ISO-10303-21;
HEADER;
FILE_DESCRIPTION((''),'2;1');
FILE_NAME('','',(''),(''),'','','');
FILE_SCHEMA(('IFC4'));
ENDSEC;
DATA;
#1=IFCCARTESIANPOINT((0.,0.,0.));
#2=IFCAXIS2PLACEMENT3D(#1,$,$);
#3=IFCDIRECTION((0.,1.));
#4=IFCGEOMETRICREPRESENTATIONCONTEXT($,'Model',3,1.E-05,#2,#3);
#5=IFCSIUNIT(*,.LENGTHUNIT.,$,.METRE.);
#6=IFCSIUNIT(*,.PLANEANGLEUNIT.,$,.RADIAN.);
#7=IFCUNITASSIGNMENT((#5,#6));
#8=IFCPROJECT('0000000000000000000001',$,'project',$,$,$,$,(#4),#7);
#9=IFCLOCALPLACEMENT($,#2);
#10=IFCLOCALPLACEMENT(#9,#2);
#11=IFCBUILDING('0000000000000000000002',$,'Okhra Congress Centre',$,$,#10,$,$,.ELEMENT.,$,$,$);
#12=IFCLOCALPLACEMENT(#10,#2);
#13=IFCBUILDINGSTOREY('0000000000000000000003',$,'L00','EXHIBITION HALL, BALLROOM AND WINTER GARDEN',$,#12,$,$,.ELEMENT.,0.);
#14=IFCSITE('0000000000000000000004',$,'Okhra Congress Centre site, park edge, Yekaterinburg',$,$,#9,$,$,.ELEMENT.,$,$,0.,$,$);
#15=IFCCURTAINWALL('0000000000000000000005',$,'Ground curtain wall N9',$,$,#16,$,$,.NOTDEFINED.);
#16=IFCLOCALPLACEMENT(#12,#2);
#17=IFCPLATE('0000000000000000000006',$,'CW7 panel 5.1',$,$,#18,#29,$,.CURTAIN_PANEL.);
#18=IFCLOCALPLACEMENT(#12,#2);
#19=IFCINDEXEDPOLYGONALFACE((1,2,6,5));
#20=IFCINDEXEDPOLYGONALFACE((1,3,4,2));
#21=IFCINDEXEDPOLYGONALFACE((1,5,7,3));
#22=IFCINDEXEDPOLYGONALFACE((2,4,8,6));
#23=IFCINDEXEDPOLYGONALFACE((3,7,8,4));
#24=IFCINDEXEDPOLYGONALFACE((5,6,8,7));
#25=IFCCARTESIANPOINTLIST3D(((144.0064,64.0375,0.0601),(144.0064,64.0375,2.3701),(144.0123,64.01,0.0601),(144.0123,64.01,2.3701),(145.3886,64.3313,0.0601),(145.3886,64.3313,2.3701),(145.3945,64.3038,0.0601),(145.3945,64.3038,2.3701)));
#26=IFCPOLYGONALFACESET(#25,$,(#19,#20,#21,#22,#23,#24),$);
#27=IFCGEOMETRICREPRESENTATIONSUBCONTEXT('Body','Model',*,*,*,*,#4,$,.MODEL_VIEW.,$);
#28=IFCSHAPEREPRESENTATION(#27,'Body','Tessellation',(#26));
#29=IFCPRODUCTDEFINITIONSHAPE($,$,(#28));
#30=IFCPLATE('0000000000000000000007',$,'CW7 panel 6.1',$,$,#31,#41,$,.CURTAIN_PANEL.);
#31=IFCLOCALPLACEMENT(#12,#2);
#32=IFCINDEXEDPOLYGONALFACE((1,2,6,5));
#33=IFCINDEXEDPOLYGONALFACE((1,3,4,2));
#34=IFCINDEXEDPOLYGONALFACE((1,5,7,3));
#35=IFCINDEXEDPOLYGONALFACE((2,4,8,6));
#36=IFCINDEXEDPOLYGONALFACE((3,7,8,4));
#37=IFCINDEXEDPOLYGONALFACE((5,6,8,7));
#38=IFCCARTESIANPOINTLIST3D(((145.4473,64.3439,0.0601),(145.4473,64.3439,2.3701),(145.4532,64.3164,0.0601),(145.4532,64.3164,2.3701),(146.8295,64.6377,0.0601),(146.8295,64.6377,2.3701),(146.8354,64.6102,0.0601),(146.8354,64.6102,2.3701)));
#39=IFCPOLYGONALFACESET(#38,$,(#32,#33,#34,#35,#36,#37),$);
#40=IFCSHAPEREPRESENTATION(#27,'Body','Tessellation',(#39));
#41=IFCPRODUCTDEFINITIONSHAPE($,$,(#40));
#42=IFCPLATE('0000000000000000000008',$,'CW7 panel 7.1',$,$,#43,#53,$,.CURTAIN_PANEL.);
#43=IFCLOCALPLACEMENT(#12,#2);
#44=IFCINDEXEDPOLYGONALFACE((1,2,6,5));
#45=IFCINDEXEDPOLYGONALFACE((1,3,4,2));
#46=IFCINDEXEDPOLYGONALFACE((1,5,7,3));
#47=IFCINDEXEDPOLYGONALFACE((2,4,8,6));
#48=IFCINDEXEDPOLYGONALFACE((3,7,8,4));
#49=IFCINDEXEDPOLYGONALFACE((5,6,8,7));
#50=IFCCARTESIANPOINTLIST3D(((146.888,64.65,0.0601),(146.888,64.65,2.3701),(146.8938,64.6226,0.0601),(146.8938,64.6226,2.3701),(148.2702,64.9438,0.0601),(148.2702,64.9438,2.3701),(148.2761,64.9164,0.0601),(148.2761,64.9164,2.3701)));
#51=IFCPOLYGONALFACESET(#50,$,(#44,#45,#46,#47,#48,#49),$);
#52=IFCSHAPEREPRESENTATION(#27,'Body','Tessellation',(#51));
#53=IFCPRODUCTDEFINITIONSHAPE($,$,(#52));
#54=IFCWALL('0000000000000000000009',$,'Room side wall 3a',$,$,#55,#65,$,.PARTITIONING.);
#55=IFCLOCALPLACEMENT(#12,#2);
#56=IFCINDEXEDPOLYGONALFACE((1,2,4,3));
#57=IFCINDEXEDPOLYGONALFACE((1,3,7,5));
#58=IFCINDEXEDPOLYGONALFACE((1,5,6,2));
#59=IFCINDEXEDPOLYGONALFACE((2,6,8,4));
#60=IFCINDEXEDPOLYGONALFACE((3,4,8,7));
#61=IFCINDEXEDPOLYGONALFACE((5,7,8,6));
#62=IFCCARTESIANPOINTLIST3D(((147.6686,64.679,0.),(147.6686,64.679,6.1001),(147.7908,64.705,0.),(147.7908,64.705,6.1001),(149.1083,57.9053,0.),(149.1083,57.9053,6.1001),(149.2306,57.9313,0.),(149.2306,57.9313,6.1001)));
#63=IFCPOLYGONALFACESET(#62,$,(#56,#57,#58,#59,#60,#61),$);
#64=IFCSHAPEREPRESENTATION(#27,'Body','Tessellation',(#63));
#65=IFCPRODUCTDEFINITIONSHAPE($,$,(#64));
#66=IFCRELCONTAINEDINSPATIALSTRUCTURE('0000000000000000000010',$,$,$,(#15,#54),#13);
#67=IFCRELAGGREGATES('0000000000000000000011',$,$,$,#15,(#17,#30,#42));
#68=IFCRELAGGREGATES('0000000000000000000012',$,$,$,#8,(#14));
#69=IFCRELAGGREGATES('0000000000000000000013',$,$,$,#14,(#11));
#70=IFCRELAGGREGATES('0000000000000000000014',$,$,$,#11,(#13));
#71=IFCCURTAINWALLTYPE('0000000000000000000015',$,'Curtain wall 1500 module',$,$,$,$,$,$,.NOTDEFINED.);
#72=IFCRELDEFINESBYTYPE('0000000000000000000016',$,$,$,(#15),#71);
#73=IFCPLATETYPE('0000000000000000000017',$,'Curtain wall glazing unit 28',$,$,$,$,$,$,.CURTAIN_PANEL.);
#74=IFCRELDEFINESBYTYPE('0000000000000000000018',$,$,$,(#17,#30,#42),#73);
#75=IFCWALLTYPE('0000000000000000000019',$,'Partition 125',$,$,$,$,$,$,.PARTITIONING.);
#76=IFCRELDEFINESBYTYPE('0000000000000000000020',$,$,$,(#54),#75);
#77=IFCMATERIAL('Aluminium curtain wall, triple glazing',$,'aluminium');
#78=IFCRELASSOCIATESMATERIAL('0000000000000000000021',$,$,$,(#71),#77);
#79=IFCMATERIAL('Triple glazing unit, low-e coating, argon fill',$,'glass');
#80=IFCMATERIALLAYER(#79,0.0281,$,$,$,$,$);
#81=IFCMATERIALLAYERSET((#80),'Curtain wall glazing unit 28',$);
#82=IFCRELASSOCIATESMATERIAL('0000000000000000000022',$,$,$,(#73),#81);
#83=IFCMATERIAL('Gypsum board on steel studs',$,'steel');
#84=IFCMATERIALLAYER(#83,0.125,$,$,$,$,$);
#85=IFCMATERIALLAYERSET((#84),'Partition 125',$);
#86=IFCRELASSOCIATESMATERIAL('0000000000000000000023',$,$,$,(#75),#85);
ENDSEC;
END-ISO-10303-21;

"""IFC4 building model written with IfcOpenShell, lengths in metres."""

from ifc_helpers import new_model, si_unit, direction, frame, frame_2d, origin, origin_2d, place, context, subcontext, project, spatial, rectangle, extrude, material, layer, layer_set, type_object, element, aggregate, save


model = new_model("IFC4")

# Units and contexts
model_context = context("Model", 3, precision=1e-05, world=origin(), true_north=direction((0.0, 1.0)))
body_context = subcontext(model_context, "Body", "Model", "MODEL_VIEW")
ifc_project = project(units=[si_unit("LENGTHUNIT", "METRE"), si_unit("PLANEANGLEUNIT", "RADIAN")], contexts=[model_context])

# Site, building, storey
site_placement = place(None, origin())
site = spatial("IfcSite", under=ifc_project, at=site_placement, Name="Okhra Congress Centre site, park edge, Yekaterinburg", CompositionType="ELEMENT", RefElevation=0.0)
building_placement = place(site_placement, origin())
building = spatial("IfcBuilding", under=site, at=building_placement, Name="Okhra Congress Centre", CompositionType="ELEMENT")
storey_placement = place(building_placement, origin())
storey = spatial("IfcBuildingStorey", under=building, at=storey_placement, Name="L00", Description="EXHIBITION HALL, BALLROOM AND WINTER GARDEN", CompositionType="ELEMENT", Elevation=0.0)

# Curtain wall, plates
ifc_material_1 = material(Name="Aluminium curtain wall, triple glazing", Category="aluminium")
curtain_wall_type = type_object("IfcCurtainWallType", Name="Curtain wall 1500 module", PredefinedType="NOTDEFINED", material=ifc_material_1)
curtain_wall_placement = place(storey_placement, origin())
curtain_wall = element("IfcCurtainWall", 1, at=curtain_wall_placement, inside=storey, type_object=curtain_wall_type, Name="Ground curtain wall N9", PredefinedType="NOTDEFINED")
ifc_material_2 = material(Name="Triple glazing unit, low-e coating, argon fill", Category="glass")
ifc_layer_1 = layer(ifc_material_2, 0.0281)
ifc_layer_set_1 = layer_set([ifc_layer_1], Name="Curtain wall glazing unit 28")
plate_type = type_object("IfcPlateType", Name="Curtain wall glazing unit 28", PredefinedType="CURTAIN_PANEL", material=ifc_layer_set_1)
plate_1_placement = place(storey_placement, frame((144.7004, 64.1707, 0.0601), z_axis=(0.0, 0.0, 1.0), x_axis=(0.978148, 0.207912, 0.0)))
plate_1 = element("IfcPlate", 2, at=plate_1_placement, type_object=plate_type, Name="CW7 panel 5.1", PredefinedType="CURTAIN_PANEL", context=body_context, shape_type="SweptSolid", body=[
    extrude(rectangle(XDim=1.4131, YDim=0.0281, at=origin_2d()), origin(), (0.0, 0.0, 1.0), 2.3101),
])
plate_2_placement = place(storey_placement, frame((146.1414, 64.4771, 0.0601), z_axis=(0.0, 0.0, 1.0), x_axis=(0.978148, 0.207912, 0.0)))
plate_2 = element("IfcPlate", 3, at=plate_2_placement, type_object=plate_type, Name="CW7 panel 6.1", PredefinedType="CURTAIN_PANEL", context=body_context, shape_type="SweptSolid", body=[
    extrude(rectangle(XDim=1.4131, YDim=0.0281, at=origin_2d()), origin(), (0.0, 0.0, 1.0), 2.3101),
])
plate_3_placement = place(storey_placement, frame((147.582, 64.7832, 0.0601), z_axis=(0.0, 0.0, 1.0), x_axis=(0.978148, 0.207912, 0.0)))
plate_3 = element("IfcPlate", 4, at=plate_3_placement, type_object=plate_type, Name="CW7 panel 7.1", PredefinedType="CURTAIN_PANEL", context=body_context, shape_type="SweptSolid", body=[
    extrude(rectangle(XDim=1.4131, YDim=0.0281, at=origin_2d()), origin(), (0.0, 0.0, 1.0), 2.3101),
])
aggregate(curtain_wall, [plate_1, plate_2, plate_3])

# Wall
ifc_material_3 = material(Name="Gypsum board on steel studs", Category="steel")
ifc_layer_2 = layer(ifc_material_3, 0.125)
ifc_layer_set_2 = layer_set([ifc_layer_2], Name="Partition 125")
wall_type = type_object("IfcWallType", Name="Partition 125", PredefinedType="PARTITIONING", material=ifc_layer_set_2)
wall_placement = place(storey_placement, frame((147.7297, 64.6919, 0.0), z_axis=(0.0, 0.0, 1.0), x_axis=(0.207899, -0.97815, 0.0)))
element("IfcWall", 5, at=wall_placement, inside=storey, type_object=wall_type, Name="Room side wall 3a", PredefinedType="PARTITIONING", context=body_context, shape_type="SweptSolid", body=[
    extrude(rectangle(XDim=6.925, YDim=0.125, at=frame_2d((3.4624, 0.0))), origin(), (0.0, 0.0, 1.0), 6.1001),
])

save(model, "model.ifc")
